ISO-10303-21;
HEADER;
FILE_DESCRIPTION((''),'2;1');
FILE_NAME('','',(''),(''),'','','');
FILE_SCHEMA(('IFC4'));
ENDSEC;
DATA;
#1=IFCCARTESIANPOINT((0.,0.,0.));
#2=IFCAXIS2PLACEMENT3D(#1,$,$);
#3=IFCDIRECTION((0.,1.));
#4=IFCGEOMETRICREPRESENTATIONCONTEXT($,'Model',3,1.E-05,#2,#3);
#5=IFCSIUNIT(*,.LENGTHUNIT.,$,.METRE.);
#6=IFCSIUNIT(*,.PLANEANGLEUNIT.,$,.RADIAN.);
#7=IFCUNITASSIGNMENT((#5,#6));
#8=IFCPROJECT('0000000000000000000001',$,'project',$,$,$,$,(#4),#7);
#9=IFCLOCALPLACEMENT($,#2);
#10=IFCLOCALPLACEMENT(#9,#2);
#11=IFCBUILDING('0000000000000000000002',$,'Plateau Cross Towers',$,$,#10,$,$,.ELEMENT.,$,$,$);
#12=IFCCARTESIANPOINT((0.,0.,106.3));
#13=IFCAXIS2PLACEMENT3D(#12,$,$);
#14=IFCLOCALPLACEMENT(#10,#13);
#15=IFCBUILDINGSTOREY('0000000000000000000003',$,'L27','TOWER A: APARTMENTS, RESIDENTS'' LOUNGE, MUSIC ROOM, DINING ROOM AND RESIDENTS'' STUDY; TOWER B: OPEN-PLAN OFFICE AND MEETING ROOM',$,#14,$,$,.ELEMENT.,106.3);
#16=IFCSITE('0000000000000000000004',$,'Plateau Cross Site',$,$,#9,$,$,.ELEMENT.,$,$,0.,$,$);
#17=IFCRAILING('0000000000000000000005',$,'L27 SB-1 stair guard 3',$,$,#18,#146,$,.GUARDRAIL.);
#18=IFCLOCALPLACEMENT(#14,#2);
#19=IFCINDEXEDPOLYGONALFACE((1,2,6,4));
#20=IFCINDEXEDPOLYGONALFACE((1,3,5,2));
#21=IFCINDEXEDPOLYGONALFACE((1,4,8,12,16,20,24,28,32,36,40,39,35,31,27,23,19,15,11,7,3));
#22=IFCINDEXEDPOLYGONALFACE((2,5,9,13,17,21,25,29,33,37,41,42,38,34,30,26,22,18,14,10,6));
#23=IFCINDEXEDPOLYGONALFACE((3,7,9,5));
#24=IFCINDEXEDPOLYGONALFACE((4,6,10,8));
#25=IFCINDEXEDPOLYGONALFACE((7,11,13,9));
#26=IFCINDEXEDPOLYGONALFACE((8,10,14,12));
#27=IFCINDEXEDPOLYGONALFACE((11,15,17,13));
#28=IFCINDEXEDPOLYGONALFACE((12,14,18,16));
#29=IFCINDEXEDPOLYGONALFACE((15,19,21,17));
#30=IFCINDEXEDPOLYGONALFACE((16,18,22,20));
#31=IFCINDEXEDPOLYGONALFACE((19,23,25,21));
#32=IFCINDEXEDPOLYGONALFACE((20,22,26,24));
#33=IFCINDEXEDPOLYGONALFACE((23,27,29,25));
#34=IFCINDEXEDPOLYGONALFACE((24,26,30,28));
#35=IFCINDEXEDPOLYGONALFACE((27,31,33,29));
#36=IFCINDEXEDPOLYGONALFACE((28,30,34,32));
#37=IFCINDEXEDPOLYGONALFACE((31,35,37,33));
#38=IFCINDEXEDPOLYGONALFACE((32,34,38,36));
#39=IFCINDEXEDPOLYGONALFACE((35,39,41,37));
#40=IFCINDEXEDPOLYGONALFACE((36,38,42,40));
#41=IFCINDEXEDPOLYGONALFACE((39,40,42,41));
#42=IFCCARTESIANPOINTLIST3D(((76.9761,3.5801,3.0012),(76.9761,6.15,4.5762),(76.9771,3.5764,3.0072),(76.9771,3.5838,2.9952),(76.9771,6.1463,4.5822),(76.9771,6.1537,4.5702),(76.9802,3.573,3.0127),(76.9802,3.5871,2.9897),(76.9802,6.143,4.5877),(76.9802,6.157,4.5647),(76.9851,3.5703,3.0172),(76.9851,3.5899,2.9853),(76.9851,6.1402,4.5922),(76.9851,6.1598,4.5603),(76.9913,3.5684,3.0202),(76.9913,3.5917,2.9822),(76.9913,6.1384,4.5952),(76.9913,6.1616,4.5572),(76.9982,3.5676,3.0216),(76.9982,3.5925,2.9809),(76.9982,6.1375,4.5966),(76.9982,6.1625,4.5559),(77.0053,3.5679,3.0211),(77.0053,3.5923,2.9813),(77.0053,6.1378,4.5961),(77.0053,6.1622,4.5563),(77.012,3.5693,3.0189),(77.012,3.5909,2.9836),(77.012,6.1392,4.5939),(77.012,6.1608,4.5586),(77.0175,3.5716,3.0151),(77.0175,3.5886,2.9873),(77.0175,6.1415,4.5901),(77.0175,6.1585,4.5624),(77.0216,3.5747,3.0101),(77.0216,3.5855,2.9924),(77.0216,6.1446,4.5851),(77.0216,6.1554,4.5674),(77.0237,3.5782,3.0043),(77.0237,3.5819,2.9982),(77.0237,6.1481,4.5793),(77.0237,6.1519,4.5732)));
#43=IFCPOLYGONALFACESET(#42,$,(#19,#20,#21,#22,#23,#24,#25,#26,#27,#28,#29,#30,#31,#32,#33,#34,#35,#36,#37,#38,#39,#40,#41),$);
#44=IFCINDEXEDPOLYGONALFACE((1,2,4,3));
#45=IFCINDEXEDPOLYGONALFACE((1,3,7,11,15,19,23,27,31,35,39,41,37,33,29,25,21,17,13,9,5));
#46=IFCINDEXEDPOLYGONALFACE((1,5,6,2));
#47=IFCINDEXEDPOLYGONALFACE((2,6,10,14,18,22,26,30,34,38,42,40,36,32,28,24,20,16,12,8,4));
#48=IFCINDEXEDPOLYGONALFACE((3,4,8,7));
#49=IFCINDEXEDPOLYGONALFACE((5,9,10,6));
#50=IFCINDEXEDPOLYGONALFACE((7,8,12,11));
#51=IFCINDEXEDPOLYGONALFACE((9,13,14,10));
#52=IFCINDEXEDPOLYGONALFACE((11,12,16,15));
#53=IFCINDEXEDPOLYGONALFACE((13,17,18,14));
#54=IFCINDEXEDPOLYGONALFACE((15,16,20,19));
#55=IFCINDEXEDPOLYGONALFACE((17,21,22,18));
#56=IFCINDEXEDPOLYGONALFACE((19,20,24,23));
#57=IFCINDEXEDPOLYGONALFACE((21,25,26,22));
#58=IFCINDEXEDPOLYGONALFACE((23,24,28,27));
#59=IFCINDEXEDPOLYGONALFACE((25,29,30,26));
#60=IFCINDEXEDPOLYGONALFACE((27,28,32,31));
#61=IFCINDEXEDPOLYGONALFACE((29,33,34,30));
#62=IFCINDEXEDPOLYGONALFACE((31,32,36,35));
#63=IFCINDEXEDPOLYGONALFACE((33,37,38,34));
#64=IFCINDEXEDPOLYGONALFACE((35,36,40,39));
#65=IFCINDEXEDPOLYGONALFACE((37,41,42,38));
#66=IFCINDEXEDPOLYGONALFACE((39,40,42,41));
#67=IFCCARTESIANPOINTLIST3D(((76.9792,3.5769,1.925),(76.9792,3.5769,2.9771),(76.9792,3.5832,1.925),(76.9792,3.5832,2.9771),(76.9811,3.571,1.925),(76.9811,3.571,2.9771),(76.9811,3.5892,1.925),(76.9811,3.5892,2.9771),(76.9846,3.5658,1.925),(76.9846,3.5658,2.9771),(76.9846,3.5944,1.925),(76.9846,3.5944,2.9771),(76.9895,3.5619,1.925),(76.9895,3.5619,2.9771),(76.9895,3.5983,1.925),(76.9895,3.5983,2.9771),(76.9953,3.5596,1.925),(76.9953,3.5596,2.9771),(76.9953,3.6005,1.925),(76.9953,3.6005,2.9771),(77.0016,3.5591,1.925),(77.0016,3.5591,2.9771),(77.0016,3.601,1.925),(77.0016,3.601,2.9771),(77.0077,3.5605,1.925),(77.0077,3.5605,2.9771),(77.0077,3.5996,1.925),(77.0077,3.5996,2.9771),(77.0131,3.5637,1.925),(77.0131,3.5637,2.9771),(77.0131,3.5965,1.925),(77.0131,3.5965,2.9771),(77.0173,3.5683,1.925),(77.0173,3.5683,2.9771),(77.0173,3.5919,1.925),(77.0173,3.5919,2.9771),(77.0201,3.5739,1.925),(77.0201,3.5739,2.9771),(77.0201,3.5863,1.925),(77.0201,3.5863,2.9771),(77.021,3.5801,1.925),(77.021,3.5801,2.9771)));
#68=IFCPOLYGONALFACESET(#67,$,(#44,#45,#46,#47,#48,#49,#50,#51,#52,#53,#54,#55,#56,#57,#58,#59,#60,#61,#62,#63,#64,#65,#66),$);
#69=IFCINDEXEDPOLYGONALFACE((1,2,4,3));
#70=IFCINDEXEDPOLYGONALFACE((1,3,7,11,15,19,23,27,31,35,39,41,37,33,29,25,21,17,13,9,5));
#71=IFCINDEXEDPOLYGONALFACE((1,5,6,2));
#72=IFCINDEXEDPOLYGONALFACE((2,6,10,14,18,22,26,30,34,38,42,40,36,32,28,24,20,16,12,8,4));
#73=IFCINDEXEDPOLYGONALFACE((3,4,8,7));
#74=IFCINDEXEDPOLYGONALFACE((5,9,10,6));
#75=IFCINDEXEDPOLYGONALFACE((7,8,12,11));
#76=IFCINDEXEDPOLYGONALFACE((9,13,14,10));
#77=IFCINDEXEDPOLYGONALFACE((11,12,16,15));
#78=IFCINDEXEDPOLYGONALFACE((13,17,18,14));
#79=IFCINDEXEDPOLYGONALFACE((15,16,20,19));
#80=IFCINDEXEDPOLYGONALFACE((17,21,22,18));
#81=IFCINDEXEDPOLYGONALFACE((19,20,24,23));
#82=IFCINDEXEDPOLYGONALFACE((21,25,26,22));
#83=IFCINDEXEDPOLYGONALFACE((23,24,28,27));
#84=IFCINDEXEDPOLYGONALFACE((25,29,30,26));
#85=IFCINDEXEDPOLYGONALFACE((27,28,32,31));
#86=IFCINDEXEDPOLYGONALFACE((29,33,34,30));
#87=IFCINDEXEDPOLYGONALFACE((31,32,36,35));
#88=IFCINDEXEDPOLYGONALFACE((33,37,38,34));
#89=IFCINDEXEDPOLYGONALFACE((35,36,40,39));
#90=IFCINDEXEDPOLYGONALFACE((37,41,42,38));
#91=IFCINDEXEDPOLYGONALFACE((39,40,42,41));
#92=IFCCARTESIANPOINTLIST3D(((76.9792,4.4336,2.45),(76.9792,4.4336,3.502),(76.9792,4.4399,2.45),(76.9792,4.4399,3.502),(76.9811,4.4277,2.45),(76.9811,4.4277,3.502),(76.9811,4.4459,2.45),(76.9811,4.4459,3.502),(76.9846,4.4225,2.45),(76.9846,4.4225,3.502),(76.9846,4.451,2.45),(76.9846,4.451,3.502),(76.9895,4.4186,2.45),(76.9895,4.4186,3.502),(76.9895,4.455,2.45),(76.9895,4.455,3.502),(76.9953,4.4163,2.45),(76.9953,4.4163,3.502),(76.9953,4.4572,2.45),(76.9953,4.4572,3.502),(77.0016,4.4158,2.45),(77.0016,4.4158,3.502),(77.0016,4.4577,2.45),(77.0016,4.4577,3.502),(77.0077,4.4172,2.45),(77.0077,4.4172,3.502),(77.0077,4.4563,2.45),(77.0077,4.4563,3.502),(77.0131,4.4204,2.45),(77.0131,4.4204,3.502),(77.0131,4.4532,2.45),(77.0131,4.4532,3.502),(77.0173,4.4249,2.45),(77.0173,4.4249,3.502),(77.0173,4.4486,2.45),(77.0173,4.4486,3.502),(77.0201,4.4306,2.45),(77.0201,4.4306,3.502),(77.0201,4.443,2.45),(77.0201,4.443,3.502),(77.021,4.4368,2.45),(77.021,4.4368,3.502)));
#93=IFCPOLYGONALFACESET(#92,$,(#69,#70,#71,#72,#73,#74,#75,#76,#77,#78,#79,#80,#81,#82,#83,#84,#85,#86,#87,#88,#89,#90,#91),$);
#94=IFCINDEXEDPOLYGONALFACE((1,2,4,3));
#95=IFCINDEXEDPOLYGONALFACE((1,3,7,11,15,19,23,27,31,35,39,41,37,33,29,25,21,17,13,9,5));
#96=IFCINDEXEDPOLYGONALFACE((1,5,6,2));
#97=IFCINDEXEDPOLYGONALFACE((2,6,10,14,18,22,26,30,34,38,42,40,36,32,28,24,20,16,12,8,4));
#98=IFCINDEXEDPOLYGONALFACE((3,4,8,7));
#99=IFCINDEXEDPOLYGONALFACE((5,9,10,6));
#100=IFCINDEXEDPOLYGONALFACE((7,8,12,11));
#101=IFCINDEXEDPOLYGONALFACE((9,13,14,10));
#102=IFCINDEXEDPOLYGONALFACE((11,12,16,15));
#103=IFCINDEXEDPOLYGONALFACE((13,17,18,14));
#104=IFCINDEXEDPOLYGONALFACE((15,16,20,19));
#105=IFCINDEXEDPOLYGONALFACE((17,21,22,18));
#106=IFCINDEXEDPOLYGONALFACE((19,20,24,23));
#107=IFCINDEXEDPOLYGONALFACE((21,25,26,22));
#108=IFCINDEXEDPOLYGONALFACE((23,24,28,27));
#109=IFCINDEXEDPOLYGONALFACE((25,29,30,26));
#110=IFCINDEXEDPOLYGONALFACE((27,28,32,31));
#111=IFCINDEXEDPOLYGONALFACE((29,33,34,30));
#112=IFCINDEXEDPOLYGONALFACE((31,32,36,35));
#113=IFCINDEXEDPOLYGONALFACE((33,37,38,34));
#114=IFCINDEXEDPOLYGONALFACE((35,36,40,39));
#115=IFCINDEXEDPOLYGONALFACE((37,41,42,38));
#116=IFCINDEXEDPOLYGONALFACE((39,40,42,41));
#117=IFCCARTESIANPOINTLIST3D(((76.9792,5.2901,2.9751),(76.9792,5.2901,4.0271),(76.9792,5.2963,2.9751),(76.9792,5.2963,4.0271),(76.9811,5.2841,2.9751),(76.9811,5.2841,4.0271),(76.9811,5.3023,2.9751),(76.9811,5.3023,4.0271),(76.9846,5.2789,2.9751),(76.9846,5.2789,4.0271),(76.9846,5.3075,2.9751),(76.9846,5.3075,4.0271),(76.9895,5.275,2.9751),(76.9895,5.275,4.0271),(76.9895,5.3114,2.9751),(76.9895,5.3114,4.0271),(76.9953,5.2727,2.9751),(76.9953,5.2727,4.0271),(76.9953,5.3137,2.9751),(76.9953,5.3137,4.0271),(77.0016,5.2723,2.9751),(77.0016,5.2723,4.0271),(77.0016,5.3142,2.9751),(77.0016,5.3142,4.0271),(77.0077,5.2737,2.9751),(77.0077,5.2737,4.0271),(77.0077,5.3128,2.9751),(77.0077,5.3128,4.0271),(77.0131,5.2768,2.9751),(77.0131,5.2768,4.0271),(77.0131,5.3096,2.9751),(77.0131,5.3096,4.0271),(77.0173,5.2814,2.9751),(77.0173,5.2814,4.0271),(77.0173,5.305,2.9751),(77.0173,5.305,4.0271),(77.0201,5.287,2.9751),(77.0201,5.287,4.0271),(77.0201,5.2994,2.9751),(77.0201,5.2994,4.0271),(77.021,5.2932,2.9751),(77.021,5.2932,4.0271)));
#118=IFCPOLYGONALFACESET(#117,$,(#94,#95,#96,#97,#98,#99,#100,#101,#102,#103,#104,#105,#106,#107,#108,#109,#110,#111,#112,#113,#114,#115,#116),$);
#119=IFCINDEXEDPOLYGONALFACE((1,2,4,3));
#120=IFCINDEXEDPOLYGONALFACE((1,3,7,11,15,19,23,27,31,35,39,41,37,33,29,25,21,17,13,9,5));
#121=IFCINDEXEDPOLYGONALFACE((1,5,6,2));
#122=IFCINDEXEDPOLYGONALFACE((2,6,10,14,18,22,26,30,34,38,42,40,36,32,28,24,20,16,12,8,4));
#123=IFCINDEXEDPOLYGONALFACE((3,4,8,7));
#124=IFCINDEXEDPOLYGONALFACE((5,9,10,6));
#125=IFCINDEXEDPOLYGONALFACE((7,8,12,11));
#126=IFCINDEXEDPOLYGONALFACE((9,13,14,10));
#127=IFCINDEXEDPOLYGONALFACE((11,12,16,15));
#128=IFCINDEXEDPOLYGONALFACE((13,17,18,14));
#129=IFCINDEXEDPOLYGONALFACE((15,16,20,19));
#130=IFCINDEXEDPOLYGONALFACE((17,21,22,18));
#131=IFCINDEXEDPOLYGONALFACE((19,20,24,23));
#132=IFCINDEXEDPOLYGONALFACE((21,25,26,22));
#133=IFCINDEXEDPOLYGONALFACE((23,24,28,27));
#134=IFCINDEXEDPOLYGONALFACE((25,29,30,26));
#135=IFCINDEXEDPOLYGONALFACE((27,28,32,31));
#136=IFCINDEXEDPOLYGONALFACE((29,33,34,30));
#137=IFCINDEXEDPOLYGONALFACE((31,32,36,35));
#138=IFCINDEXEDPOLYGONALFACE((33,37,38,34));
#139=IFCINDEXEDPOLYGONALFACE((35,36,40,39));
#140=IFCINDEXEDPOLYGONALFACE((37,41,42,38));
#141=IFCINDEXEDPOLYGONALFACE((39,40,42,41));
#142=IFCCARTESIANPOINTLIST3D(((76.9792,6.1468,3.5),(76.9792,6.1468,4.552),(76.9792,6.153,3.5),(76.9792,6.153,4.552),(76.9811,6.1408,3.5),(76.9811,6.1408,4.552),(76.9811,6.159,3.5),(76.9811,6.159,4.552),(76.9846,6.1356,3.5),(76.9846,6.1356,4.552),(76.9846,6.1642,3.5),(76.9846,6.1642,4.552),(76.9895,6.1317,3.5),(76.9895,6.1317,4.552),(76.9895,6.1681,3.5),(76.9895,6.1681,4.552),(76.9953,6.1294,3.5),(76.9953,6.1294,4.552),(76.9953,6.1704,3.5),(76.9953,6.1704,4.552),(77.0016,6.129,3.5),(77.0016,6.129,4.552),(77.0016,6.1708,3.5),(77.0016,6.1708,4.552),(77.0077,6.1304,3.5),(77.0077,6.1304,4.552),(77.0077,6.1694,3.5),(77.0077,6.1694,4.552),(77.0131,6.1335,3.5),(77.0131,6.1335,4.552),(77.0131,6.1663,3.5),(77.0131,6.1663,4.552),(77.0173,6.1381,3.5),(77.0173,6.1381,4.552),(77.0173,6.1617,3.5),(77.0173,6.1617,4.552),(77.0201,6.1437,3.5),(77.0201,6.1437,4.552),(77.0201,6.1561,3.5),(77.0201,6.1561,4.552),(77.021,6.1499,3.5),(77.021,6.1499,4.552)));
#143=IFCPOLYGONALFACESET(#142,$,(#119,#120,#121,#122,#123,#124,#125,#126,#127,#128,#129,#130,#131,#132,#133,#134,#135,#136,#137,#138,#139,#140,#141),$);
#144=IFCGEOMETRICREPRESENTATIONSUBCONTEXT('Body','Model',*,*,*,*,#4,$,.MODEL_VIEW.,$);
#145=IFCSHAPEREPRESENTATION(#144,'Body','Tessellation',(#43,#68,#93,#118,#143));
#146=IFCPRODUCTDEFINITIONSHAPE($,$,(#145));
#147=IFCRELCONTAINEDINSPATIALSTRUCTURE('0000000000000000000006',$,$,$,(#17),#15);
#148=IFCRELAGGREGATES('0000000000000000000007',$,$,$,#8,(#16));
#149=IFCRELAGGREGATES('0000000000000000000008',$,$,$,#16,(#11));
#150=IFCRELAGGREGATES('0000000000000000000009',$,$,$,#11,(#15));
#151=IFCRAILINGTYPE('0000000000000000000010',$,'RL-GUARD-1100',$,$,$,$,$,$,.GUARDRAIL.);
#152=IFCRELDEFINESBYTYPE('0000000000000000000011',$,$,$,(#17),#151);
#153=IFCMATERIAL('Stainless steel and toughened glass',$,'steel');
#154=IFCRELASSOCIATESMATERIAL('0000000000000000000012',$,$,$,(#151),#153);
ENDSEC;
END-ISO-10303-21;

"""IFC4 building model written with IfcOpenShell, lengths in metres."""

from ifc_helpers import new_model, si_unit, direction, frame, origin, origin_2d, place, context, subcontext, project, spatial, circle, extrude, material, type_object, element, save


model = new_model("IFC4")

# Units and contexts
model_context = context("Model", 3, precision=1e-05, world=origin(), true_north=direction((0.0, 1.0)))
body_context = subcontext(model_context, "Body", "Model", "MODEL_VIEW")
ifc_project = project(units=[si_unit("LENGTHUNIT", "METRE"), si_unit("PLANEANGLEUNIT", "RADIAN")], contexts=[model_context])

# Site, building, storey
site_placement = place(None, origin())
site = spatial("IfcSite", under=ifc_project, at=site_placement, Name="Plateau Cross Site", CompositionType="ELEMENT", RefElevation=0.0)
building_placement = place(site_placement, origin())
building = spatial("IfcBuilding", under=site, at=building_placement, Name="Plateau Cross Towers", CompositionType="ELEMENT")
storey_placement = place(building_placement, frame((0.0, 0.0, 106.3)))
storey = spatial("IfcBuildingStorey", under=building, at=storey_placement, Name="L27", Description="TOWER A: APARTMENTS, RESIDENTS' LOUNGE, MUSIC ROOM, DINING ROOM AND RESIDENTS' STUDY; TOWER B: OPEN-PLAN OFFICE AND MEETING ROOM", CompositionType="ELEMENT", Elevation=106.3)

# Railing
ifc_material_1 = material(Name="Stainless steel and toughened glass", Category="steel")
railing_type_1 = type_object("IfcRailingType", Name="RL-GUARD-1100", PredefinedType="GUARDRAIL", material=ifc_material_1)
railing_1_placement = place(storey_placement, frame((77.0, 3.5801, 1.925)))
element("IfcRailing", 1, at=railing_1_placement, inside=storey, type_object=railing_type_1, Name="L27 SB-1 stair guard 3", PredefinedType="GUARDRAIL", context=body_context, shape_type="SweptSolid", body=[
    extrude(circle(Radius=0.0239, at=origin_2d()), frame((0.0, 0.0, 1.0762), z_axis=(0.0, 0.852616, 0.522537), x_axis=(-1.0, 0.0, 0.0)), (0.0, 0.0, 1.0), 3.0142),
    extrude(circle(Radius=0.021, at=origin_2d()), origin(), (0.0, 0.0, 1.0), 1.052),
    extrude(circle(Radius=0.021, at=origin_2d()), frame((0.0, 0.8567, 0.5249)), (0.0, 0.0, 1.0), 1.052),
    extrude(circle(Radius=0.021, at=origin_2d()), frame((0.0, 1.7131, 1.05)), (0.0, 0.0, 1.0), 1.052),
    extrude(circle(Radius=0.021, at=origin_2d()), frame((0.0, 2.5698, 1.575)), (0.0, 0.0, 1.0), 1.052),
])

save(model, "model.ifc")
